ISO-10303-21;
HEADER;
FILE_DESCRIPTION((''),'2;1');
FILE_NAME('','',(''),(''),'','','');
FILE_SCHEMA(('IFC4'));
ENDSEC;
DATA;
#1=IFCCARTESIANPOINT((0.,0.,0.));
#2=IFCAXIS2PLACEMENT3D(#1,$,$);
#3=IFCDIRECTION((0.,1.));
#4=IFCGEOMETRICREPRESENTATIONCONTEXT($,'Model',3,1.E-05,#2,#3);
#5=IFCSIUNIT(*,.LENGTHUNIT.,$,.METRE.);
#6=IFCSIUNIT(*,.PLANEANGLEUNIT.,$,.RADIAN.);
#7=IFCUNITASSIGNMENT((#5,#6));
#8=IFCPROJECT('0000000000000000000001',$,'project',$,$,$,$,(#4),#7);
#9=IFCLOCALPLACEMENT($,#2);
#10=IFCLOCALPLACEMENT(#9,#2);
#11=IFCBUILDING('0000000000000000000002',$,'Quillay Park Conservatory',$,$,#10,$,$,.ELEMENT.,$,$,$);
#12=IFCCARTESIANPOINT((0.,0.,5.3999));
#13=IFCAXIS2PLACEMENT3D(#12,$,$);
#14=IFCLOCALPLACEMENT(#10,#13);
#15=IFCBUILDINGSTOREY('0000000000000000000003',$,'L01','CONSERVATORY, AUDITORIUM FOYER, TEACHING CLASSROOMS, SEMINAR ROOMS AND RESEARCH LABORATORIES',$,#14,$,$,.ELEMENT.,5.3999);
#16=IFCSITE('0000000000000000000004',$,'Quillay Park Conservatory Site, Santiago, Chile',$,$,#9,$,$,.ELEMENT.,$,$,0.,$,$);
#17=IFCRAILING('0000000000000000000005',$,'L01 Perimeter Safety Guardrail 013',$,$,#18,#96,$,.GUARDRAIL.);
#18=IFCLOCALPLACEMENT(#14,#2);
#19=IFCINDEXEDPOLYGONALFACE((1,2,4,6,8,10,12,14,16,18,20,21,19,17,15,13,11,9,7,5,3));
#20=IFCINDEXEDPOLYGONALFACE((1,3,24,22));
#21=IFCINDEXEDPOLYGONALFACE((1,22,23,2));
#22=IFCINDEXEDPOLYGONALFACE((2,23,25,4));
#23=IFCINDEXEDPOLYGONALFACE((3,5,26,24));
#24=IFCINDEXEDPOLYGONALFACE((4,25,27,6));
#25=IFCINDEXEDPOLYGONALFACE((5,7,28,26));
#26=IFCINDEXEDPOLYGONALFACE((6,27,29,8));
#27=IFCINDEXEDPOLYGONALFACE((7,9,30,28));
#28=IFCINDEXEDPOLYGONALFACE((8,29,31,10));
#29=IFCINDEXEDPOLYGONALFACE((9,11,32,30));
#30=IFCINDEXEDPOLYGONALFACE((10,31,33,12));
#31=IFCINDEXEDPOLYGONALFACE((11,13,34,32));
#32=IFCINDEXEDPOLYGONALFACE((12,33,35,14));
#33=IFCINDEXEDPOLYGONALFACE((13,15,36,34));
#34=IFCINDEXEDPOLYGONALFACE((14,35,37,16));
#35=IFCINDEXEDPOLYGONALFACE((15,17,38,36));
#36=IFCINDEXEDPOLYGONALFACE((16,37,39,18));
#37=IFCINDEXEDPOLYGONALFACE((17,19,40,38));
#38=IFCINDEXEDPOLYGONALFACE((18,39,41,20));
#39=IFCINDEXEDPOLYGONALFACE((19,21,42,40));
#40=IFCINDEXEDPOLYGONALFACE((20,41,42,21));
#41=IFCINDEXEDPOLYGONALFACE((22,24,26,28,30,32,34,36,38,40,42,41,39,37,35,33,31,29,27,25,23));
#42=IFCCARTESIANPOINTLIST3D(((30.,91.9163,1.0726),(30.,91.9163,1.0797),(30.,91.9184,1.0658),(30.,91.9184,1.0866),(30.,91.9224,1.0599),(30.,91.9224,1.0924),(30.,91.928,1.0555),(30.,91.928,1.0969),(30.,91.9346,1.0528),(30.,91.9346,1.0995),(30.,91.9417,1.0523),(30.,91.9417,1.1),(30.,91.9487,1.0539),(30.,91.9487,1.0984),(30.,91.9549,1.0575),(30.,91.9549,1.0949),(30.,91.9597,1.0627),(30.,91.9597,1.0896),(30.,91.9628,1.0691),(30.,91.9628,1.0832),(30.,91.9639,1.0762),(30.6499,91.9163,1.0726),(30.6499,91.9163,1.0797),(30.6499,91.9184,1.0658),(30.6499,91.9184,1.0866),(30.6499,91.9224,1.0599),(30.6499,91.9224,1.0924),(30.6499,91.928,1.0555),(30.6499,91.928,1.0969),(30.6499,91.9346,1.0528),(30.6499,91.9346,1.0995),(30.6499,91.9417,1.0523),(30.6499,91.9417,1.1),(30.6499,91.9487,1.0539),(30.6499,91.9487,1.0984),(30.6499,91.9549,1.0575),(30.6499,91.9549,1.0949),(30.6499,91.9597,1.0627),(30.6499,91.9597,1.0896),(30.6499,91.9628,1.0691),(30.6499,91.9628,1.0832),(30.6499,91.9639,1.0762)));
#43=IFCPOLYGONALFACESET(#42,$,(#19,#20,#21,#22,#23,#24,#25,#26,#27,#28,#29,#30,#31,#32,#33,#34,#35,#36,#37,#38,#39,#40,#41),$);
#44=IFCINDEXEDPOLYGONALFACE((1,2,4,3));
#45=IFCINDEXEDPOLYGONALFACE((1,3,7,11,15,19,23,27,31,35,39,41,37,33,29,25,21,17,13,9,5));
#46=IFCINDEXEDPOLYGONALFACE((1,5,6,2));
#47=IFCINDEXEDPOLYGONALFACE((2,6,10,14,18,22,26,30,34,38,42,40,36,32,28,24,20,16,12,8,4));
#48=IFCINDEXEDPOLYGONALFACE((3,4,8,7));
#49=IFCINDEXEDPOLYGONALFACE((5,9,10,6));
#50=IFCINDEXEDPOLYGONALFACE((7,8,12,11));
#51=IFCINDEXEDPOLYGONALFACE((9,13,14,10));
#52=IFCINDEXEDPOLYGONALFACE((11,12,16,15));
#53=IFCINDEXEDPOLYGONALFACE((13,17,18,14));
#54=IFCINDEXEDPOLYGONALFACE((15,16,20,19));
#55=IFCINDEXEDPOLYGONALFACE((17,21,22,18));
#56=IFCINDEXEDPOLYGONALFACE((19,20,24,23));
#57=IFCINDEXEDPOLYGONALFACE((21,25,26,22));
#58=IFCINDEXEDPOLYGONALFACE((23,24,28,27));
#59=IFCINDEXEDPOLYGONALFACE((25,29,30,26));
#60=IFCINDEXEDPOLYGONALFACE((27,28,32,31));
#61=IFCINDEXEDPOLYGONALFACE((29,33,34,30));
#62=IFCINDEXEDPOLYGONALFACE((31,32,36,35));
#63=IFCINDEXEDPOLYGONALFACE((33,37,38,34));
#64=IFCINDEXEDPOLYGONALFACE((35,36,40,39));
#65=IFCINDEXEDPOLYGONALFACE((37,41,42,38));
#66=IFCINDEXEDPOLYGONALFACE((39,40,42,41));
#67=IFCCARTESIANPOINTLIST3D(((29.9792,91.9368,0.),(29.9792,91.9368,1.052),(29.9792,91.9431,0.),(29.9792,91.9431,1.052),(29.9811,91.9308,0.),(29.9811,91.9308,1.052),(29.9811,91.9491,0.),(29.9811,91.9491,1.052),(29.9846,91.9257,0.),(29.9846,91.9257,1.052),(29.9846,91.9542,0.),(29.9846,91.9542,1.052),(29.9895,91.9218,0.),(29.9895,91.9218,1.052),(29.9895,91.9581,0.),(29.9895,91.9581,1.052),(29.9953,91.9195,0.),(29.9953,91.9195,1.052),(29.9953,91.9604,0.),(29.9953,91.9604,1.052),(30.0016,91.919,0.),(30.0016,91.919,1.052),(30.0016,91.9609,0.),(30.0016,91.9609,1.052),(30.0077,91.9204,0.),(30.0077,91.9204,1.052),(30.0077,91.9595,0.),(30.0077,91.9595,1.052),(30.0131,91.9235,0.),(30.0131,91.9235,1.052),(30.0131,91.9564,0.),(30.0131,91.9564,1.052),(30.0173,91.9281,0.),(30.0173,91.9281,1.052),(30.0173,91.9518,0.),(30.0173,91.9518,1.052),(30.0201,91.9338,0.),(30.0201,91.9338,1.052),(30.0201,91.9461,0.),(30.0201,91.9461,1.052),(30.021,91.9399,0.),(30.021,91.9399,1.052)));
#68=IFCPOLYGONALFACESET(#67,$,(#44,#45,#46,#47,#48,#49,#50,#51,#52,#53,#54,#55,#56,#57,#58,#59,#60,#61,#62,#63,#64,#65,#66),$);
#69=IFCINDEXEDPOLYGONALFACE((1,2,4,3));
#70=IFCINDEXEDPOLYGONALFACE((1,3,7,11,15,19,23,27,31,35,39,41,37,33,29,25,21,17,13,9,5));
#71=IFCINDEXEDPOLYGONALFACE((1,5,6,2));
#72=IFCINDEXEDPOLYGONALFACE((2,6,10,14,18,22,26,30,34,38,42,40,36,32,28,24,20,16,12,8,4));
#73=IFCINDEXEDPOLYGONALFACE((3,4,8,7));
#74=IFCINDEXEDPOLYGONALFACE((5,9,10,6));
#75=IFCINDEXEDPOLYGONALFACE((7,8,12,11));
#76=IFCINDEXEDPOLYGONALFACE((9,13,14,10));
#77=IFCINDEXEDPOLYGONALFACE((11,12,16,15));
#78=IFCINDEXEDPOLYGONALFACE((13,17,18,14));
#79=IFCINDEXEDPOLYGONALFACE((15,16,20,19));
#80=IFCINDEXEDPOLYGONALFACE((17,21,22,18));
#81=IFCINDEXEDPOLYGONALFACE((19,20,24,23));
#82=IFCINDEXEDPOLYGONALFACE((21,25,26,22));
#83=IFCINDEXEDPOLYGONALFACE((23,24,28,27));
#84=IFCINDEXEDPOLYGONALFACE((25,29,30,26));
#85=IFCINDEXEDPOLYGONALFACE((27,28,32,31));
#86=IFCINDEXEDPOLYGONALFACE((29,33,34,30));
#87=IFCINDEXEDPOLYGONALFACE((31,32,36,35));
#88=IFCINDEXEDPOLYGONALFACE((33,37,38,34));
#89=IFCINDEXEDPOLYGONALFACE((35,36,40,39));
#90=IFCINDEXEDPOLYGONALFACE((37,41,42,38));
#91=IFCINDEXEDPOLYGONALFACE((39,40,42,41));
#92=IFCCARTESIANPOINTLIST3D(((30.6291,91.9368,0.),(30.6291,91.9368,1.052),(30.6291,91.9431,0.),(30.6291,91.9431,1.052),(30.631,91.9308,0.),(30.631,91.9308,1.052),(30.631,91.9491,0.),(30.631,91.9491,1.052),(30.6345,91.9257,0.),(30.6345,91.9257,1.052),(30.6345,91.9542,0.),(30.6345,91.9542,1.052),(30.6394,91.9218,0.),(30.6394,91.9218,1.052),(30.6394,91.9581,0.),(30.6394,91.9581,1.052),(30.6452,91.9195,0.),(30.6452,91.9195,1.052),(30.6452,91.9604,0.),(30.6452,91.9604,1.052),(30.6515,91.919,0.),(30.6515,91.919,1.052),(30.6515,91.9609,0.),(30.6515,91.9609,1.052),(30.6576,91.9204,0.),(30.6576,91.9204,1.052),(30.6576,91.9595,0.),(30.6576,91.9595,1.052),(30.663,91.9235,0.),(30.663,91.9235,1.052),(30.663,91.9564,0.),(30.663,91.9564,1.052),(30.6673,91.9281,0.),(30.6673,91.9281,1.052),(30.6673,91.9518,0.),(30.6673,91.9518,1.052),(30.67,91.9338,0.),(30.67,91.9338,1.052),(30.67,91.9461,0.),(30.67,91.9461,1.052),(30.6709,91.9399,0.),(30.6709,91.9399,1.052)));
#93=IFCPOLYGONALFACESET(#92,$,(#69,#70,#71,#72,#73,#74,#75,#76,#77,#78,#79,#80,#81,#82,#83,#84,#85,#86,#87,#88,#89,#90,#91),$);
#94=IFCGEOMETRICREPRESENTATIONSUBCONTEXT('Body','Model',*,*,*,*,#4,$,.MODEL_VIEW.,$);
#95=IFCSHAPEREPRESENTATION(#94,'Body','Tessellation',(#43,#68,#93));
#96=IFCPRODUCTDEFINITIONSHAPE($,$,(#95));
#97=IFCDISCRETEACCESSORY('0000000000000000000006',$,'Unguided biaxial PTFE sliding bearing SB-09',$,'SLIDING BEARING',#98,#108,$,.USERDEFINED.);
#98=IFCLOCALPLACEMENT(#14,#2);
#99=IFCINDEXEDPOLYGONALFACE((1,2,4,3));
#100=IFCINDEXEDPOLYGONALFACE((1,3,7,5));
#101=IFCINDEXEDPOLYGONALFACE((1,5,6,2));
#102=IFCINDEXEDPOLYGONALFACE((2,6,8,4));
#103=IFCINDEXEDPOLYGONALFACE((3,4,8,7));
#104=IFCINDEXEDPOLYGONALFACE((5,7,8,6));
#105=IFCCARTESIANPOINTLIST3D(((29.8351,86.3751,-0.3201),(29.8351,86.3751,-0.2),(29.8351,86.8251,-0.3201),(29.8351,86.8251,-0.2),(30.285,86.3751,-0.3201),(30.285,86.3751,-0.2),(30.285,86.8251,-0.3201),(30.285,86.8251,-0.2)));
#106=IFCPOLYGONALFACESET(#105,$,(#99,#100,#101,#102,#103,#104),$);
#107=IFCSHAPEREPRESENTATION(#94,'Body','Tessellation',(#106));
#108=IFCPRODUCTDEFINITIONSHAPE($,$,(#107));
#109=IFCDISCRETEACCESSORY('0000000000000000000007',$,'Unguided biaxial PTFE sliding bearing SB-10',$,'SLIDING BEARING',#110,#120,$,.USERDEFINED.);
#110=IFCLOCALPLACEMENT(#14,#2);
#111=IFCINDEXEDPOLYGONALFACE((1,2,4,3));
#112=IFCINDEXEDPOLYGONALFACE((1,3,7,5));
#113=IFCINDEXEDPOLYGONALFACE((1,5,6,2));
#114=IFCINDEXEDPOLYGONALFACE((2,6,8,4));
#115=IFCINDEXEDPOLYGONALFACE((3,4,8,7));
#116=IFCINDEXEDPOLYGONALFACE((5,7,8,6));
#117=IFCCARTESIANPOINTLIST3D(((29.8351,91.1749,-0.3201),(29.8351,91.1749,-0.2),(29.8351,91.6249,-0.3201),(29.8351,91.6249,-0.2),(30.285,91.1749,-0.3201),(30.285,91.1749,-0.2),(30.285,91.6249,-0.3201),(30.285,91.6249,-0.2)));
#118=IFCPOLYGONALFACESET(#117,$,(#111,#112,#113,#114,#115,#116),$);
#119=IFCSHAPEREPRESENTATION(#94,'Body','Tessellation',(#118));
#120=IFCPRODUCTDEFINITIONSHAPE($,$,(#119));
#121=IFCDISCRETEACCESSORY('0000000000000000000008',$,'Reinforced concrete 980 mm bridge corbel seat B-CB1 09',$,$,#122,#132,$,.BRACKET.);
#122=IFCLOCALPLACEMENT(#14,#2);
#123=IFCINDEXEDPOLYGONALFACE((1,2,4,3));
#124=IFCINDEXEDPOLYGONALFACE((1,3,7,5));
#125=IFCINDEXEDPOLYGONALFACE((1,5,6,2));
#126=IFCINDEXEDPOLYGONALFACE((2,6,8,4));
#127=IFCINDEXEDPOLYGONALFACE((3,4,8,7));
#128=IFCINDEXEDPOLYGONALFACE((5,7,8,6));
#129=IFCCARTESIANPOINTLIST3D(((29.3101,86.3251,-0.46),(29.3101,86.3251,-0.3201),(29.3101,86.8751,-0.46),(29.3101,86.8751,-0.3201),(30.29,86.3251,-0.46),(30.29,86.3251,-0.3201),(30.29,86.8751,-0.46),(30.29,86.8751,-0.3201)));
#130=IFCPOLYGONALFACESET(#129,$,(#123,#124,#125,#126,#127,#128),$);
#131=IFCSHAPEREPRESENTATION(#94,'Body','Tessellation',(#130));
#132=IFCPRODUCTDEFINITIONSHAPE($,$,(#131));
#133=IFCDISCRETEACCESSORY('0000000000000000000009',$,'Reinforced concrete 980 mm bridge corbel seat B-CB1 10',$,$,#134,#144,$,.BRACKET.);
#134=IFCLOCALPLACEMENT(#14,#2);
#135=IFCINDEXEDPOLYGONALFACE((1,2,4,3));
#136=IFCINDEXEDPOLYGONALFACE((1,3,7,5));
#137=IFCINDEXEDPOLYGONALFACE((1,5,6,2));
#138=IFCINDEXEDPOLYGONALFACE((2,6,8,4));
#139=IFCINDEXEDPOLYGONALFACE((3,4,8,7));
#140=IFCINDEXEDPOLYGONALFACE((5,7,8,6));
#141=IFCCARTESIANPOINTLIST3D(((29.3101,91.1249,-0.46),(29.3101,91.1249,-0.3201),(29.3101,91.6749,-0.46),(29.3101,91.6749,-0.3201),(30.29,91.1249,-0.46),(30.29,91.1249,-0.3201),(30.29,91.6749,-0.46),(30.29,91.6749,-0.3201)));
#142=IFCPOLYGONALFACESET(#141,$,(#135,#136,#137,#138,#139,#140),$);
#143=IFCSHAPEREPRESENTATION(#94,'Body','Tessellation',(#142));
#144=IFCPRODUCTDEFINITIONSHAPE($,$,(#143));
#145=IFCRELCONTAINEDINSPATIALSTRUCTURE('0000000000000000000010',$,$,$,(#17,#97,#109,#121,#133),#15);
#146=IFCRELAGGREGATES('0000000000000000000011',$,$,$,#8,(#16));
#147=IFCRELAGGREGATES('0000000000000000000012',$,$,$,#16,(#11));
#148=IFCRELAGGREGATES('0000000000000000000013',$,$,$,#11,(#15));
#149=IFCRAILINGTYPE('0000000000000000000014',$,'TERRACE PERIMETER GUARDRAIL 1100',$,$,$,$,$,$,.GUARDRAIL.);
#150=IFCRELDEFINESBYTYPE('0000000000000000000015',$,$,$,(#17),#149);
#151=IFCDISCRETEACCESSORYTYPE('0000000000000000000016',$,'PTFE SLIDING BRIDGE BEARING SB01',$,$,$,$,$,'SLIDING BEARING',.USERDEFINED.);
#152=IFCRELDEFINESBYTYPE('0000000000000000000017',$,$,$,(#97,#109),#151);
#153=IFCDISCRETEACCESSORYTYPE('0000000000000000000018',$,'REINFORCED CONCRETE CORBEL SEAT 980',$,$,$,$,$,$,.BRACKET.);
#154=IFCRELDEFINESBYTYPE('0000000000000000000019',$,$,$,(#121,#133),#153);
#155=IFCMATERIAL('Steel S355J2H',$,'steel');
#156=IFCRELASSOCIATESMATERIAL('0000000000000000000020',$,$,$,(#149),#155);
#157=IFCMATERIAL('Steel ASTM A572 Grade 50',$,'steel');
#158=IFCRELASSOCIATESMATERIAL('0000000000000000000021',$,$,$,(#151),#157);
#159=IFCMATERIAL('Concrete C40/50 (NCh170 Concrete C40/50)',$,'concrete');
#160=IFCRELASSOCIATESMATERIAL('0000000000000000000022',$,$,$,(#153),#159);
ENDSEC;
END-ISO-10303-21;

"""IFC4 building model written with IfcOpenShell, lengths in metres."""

from ifc_helpers import new_model, si_unit, direction, frame, origin, origin_2d, place, context, subcontext, project, spatial, rectangle, circle, extrude, material, type_object, element, save


model = new_model("IFC4")

# Units and contexts
model_context = context("Model", 3, precision=1e-05, world=origin(), true_north=direction((0.0, 1.0)))
body_context = subcontext(model_context, "Body", "Model", "MODEL_VIEW")
ifc_project = project(units=[si_unit("LENGTHUNIT", "METRE"), si_unit("PLANEANGLEUNIT", "RADIAN")], contexts=[model_context])

# Site, building, storey
site_placement = place(None, origin())
site = spatial("IfcSite", under=ifc_project, at=site_placement, Name="Quillay Park Conservatory Site, Santiago, Chile", CompositionType="ELEMENT", RefElevation=0.0)
building_placement = place(site_placement, origin())
building = spatial("IfcBuilding", under=site, at=building_placement, Name="Quillay Park Conservatory", CompositionType="ELEMENT")
storey_placement = place(building_placement, frame((0.0, 0.0, 5.3999)))
storey = spatial("IfcBuildingStorey", under=building, at=storey_placement, Name="L01", Description="CONSERVATORY, AUDITORIUM FOYER, TEACHING CLASSROOMS, SEMINAR ROOMS AND RESEARCH LABORATORIES", CompositionType="ELEMENT", Elevation=5.3999)

# Railing
ifc_material_1 = material(Name="Steel S355J2H", Category="steel")
railing_type_1 = type_object("IfcRailingType", Name="TERRACE PERIMETER GUARDRAIL 1100", PredefinedType="GUARDRAIL", material=ifc_material_1)
for number, where, name in (
    (1, (30.0, 91.9399, 0.0), "L01 Perimeter Safety Guardrail 013"),
):
    element("IfcRailing", number, at=place(storey_placement, frame(where)), inside=storey, type_object=railing_type_1, Name=name, PredefinedType="GUARDRAIL", context=body_context, shape_type="SweptSolid", body=[
        extrude(circle(Radius=0.0239, at=origin_2d()), frame((0.0, 0.0, 1.0762), z_axis=(1.0, 0.0, 0.0), x_axis=(0.0, 1.0, 0.0)), (0.0, 0.0, 1.0), 0.6499),
        extrude(circle(Radius=0.021, at=origin_2d()), origin(), (0.0, 0.0, 1.0), 1.052),
        extrude(circle(Radius=0.021, at=origin_2d()), frame((0.6499, 0.0, 0.0)), (0.0, 0.0, 1.0), 1.052),
    ])

# Discrete accessories
ifc_material_2 = material(Name="Steel ASTM A572 Grade 50", Category="steel")
discrete_accessory_type_1 = type_object("IfcDiscreteAccessoryType", Name="PTFE SLIDING BRIDGE BEARING SB01", ElementType="SLIDING BEARING", PredefinedType="USERDEFINED", material=ifc_material_2)
for number, where, z_axis, x_axis, name in (
    (2, (30.0601, 86.6001, -0.3201), (0.0, 0.0, 1.0), (1.0, 0.0, 0.0), "Unguided biaxial PTFE sliding bearing SB-09"),
    (3, (30.0601, 91.3999, -0.3201), (0.0, 0.0, 1.0), (1.0, 0.0, 0.0), "Unguided biaxial PTFE sliding bearing SB-10"),
):
    element("IfcDiscreteAccessory", number, at=place(storey_placement, frame(where, z_axis=z_axis, x_axis=x_axis)), inside=storey, type_object=discrete_accessory_type_1, Name=name, ObjectType="SLIDING BEARING", PredefinedType="USERDEFINED", context=body_context, shape_type="SweptSolid", body=[
        extrude(rectangle(XDim=0.45, YDim=0.45, at=origin_2d()), origin(), (0.0, 0.0, 1.0), 0.1201),
    ])
ifc_material_3 = material(Name="Concrete C40/50 (NCh170 Concrete C40/50)", Category="concrete")
discrete_accessory_type_2 = type_object("IfcDiscreteAccessoryType", Name="REINFORCED CONCRETE CORBEL SEAT 980", PredefinedType="BRACKET", material=ifc_material_3)
for number, where, z_axis, x_axis, name in (
    (4, (29.8, 86.6001, -0.46), (0.0, 0.0, 1.0), (1.0, 0.0, 0.0), "Reinforced concrete 980 mm bridge corbel seat B-CB1 09"),
    (5, (29.8, 91.3999, -0.46), (0.0, 0.0, 1.0), (1.0, 0.0, 0.0), "Reinforced concrete 980 mm bridge corbel seat B-CB1 10"),
):
    element("IfcDiscreteAccessory", number, at=place(storey_placement, frame(where, z_axis=z_axis, x_axis=x_axis)), inside=storey, type_object=discrete_accessory_type_2, Name=name, PredefinedType="BRACKET", context=body_context, shape_type="SweptSolid", body=[
        extrude(rectangle(XDim=0.98, YDim=0.55, at=origin_2d()), origin(), (0.0, 0.0, 1.0), 0.1399),
    ])

save(model, "model.ifc")
